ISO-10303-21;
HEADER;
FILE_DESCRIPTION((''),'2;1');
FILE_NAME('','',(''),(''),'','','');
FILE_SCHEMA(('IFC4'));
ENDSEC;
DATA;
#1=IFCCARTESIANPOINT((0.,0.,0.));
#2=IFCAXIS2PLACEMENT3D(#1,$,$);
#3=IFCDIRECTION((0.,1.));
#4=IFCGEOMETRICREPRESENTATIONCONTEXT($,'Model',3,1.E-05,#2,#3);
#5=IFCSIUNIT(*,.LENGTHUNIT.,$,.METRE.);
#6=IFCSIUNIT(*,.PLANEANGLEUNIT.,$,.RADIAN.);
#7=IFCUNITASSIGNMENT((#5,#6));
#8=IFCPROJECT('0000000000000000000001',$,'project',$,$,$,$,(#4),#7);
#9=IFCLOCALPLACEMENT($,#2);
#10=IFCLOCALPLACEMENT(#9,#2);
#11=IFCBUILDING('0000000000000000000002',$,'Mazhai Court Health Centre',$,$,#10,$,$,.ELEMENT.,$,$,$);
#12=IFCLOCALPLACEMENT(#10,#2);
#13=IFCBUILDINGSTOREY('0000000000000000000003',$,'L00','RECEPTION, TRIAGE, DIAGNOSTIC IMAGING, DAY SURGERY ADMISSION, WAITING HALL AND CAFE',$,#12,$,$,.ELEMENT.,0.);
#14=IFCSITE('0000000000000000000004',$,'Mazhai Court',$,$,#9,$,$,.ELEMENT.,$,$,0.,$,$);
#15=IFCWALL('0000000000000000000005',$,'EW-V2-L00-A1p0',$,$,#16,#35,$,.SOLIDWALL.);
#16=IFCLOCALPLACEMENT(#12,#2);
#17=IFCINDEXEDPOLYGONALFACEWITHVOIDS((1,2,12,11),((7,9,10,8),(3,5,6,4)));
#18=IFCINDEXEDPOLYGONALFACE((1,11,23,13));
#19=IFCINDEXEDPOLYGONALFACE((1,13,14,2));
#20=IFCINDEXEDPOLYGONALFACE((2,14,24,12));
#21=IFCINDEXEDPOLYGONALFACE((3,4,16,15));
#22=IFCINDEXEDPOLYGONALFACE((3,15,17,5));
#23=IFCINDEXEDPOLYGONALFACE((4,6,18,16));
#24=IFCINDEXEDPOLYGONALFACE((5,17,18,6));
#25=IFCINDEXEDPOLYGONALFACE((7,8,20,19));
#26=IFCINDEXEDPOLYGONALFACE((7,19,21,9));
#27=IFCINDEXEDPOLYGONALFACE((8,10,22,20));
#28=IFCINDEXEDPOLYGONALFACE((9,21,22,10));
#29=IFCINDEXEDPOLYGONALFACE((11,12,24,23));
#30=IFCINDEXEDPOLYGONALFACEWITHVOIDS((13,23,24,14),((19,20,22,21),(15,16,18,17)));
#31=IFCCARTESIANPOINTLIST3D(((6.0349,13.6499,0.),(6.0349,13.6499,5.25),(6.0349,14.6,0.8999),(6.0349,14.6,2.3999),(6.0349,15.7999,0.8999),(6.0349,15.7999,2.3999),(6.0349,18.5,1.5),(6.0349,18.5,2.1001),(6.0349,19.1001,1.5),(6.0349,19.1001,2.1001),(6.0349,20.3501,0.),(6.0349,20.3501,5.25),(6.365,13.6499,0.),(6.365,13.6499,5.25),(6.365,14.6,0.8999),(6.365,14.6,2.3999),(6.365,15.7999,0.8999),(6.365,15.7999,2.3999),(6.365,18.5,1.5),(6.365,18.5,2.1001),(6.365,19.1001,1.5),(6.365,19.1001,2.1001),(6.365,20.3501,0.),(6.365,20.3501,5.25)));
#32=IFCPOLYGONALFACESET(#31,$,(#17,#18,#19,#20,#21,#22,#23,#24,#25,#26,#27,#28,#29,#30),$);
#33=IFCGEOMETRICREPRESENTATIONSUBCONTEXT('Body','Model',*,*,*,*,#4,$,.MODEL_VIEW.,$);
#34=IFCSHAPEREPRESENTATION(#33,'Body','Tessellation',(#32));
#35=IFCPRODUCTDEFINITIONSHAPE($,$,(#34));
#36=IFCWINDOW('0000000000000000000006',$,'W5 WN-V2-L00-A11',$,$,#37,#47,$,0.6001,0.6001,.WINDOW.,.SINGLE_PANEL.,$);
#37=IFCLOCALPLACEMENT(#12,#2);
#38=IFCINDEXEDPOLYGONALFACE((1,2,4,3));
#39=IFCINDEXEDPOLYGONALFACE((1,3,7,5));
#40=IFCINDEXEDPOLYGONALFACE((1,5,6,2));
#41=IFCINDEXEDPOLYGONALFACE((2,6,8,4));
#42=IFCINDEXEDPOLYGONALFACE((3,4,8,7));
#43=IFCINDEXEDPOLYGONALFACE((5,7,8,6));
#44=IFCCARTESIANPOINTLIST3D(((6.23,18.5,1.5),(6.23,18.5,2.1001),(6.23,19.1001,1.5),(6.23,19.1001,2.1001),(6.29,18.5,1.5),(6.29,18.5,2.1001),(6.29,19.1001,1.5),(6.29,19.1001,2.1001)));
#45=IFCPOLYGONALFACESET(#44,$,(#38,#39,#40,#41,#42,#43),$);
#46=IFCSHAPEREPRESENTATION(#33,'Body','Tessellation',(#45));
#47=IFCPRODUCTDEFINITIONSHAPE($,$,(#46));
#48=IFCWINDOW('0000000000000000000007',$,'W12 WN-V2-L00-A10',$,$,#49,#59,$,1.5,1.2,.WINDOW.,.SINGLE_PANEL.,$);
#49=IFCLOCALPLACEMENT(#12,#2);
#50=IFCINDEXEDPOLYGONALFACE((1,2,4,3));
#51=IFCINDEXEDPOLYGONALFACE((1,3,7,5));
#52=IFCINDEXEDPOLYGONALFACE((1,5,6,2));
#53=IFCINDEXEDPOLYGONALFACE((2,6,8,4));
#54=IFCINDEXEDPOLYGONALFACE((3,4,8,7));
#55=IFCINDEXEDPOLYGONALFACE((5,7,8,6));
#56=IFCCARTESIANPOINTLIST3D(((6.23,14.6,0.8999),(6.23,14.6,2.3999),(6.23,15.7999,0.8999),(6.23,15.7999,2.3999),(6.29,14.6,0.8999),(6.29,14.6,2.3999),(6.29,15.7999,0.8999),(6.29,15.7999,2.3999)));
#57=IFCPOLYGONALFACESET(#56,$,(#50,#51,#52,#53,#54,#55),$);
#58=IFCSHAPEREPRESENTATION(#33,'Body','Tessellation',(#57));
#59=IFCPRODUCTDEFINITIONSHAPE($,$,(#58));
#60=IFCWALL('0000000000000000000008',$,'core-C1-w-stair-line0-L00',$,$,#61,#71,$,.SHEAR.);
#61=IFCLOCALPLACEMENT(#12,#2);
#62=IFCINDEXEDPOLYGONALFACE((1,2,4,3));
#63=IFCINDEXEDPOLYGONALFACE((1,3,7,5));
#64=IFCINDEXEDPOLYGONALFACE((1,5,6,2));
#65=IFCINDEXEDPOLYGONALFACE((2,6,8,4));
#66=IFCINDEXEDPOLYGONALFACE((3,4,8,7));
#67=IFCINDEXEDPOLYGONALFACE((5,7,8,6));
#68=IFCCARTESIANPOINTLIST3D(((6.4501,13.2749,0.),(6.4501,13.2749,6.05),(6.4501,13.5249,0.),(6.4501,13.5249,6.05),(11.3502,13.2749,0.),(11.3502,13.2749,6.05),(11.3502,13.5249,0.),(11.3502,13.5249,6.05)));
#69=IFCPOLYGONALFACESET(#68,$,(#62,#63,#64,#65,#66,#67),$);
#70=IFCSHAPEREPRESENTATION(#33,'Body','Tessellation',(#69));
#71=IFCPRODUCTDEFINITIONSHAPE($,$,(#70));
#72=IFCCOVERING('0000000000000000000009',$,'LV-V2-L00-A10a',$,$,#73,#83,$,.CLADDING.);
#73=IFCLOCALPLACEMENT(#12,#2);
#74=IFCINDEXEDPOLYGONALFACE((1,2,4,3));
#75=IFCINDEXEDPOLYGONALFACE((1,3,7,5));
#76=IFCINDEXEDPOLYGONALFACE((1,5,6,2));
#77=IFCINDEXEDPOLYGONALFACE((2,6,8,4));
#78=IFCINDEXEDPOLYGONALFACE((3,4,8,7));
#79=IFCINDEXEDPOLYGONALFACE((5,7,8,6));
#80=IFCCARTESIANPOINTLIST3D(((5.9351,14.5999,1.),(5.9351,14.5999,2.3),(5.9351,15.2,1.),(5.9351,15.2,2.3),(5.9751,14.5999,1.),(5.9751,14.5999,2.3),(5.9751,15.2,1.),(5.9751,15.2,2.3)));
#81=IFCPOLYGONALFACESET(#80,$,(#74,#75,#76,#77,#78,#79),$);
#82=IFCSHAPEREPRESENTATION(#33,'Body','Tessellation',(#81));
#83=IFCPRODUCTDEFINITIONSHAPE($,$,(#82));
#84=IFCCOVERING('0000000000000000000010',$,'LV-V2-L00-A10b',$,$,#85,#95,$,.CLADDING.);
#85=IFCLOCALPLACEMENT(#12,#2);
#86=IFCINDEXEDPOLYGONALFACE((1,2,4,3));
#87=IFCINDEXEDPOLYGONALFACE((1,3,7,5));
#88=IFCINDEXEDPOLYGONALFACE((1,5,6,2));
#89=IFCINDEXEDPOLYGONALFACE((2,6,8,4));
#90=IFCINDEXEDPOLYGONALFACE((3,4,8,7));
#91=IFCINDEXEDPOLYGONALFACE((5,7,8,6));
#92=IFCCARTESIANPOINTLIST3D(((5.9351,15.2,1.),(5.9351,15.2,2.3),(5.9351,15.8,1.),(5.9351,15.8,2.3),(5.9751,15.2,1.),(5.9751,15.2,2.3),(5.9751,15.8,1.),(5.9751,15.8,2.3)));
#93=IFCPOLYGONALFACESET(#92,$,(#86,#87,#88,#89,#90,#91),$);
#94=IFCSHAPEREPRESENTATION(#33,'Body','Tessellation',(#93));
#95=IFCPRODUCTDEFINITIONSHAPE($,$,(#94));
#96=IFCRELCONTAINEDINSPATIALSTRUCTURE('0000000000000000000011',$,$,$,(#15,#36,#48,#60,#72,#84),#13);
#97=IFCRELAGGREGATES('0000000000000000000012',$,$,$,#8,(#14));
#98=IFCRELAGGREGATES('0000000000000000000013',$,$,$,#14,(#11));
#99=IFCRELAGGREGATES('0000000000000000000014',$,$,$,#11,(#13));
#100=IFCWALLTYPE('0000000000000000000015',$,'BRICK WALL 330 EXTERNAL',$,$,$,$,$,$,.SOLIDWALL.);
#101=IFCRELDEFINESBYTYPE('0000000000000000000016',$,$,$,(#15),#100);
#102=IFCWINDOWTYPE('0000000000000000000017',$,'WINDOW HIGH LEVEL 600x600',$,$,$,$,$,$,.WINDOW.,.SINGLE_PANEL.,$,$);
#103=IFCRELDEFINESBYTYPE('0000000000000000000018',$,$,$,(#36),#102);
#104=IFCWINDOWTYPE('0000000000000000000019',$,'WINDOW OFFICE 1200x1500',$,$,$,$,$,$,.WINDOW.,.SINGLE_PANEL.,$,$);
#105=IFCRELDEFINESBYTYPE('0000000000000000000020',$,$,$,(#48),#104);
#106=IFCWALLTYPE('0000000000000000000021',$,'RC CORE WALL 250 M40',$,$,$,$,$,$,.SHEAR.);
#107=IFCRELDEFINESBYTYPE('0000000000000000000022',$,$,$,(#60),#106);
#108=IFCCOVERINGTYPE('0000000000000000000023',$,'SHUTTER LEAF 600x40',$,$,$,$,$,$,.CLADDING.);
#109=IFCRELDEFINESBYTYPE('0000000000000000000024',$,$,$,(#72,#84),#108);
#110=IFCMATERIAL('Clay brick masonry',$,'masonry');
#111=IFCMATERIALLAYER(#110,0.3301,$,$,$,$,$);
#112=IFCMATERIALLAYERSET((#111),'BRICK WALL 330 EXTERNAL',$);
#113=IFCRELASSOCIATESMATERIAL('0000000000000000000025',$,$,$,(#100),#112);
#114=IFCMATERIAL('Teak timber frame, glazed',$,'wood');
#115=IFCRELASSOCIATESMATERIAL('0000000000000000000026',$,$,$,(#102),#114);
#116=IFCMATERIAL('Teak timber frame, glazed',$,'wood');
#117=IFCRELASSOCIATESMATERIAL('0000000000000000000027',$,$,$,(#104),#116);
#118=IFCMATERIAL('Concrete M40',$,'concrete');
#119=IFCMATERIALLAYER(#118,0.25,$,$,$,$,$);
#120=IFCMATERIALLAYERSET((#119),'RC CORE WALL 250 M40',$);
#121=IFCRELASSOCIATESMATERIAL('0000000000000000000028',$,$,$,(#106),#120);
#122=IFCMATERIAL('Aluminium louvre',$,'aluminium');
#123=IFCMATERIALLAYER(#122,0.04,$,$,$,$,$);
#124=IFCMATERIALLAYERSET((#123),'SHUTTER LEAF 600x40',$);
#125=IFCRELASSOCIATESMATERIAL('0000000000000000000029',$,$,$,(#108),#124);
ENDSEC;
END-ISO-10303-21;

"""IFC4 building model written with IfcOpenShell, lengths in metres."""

from ifc_helpers import new_model, si_unit, direction, frame, frame_2d, origin, origin_2d, place, context, subcontext, project, spatial, rectangle, extrude, material, layer, layer_set, type_object, element, fill, save


model = new_model("IFC4")

# Units and contexts
model_context = context("Model", 3, precision=1e-05, world=origin(), true_north=direction((0.0, 1.0)))
body_context = subcontext(model_context, "Body", "Model", "MODEL_VIEW")
ifc_project = project(units=[si_unit("LENGTHUNIT", "METRE"), si_unit("PLANEANGLEUNIT", "RADIAN")], contexts=[model_context])

# Site, building, storey
site_placement = place(None, origin())
site = spatial("IfcSite", under=ifc_project, at=site_placement, Name="Mazhai Court", CompositionType="ELEMENT", RefElevation=0.0)
building_placement = place(site_placement, origin())
building = spatial("IfcBuilding", under=site, at=building_placement, Name="Mazhai Court Health Centre", CompositionType="ELEMENT")
storey_placement = place(building_placement, origin())
storey = spatial("IfcBuildingStorey", under=building, at=storey_placement, Name="L00", Description="RECEPTION, TRIAGE, DIAGNOSTIC IMAGING, DAY SURGERY ADMISSION, WAITING HALL AND CAFE", CompositionType="ELEMENT", Elevation=0.0)

# Wall, openings, windows
ifc_material_1 = material(Name="Clay brick masonry", Category="masonry")
ifc_layer_1 = layer(ifc_material_1, 0.3301)
ifc_layer_set_1 = layer_set([ifc_layer_1], Name="BRICK WALL 330 EXTERNAL")
wall_type_1 = type_object("IfcWallType", Name="BRICK WALL 330 EXTERNAL", PredefinedType="SOLIDWALL", material=ifc_layer_set_1)
wall_1_placement = place(storey_placement, frame((6.2, 13.6499, 0.0), z_axis=(0.0, 0.0, 1.0), x_axis=(0.0, 1.0, 0.0)))
wall_1 = element("IfcWall", 1, at=wall_1_placement, inside=storey, type_object=wall_type_1, Name="EW-V2-L00-A1p0", PredefinedType="SOLIDWALL", context=body_context, shape_type="SweptSolid", body=[
    extrude(rectangle(XDim=6.7002, YDim=0.3301, at=frame_2d((3.3501, 0.0))), origin(), (0.0, 0.0, 1.0), 5.25),
])
opening_1_placement = place(wall_1_placement, frame((0.95, 0.0, 0.8999)))
opening_1 = element("IfcOpeningElement", 2, at=opening_1_placement, cuts=wall_1, PredefinedType="OPENING", context=body_context, shape_type="SweptSolid", body=[
    extrude(rectangle(XDim=1.2, YDim=1.5, at=frame_2d((0.6001, 0.75))), frame((0.0, 0.175, 0.0), z_axis=(0.0, -1.0, 0.0), x_axis=(1.0, 0.0, 0.0)), (0.0, 0.0, 1.0), 0.3501),
])
opening_2_placement = place(wall_1_placement, frame((4.8501, 0.0, 1.5)))
opening_2 = element("IfcOpeningElement", 3, at=opening_2_placement, cuts=wall_1, PredefinedType="OPENING", context=body_context, shape_type="SweptSolid", body=[
    extrude(rectangle(XDim=0.6001, YDim=0.6001, at=frame_2d((0.3, 0.3))), frame((0.0, 0.175, 0.0), z_axis=(0.0, -1.0, 0.0), x_axis=(1.0, 0.0, 0.0)), (0.0, 0.0, 1.0), 0.3501),
])
ifc_material_2 = material(Name="Teak timber frame, glazed", Category="wood")
window_type_1 = type_object("IfcWindowType", Name="WINDOW HIGH LEVEL 600x600", PartitioningType="SINGLE_PANEL", PredefinedType="WINDOW", material=ifc_material_2)
window_1_placement = place(opening_2_placement, origin())
window_1 = element("IfcWindow", 4, at=window_1_placement, inside=storey, type_object=window_type_1, Name="W5 WN-V2-L00-A11", OverallHeight=0.6001, OverallWidth=0.6001, PartitioningType="SINGLE_PANEL", PredefinedType="WINDOW", context=body_context, shape_type="SweptSolid", body=[
    extrude(rectangle(XDim=0.6001, YDim=0.6001, at=frame_2d((0.3, 0.3))), frame((0.0, -0.03, 0.0), z_axis=(0.0, -1.0, 0.0), x_axis=(1.0, 0.0, 0.0)), (0.0, 0.0, 1.0), 0.0601),
])
fill(opening_2, window_1)
ifc_material_3 = material(Name="Teak timber frame, glazed", Category="wood")
window_type_2 = type_object("IfcWindowType", Name="WINDOW OFFICE 1200x1500", PartitioningType="SINGLE_PANEL", PredefinedType="WINDOW", material=ifc_material_3)
window_2_placement = place(opening_1_placement, origin())
window_2 = element("IfcWindow", 5, at=window_2_placement, inside=storey, type_object=window_type_2, Name="W12 WN-V2-L00-A10", OverallHeight=1.5, OverallWidth=1.2, PartitioningType="SINGLE_PANEL", PredefinedType="WINDOW", context=body_context, shape_type="SweptSolid", body=[
    extrude(rectangle(XDim=1.2, YDim=1.5, at=frame_2d((0.6001, 0.75))), frame((0.0, -0.03, 0.0), z_axis=(0.0, -1.0, 0.0), x_axis=(1.0, 0.0, 0.0)), (0.0, 0.0, 1.0), 0.0601),
])
fill(opening_1, window_2)

# Wall
ifc_material_4 = material(Name="Concrete M40", Category="concrete")
ifc_layer_2 = layer(ifc_material_4, 0.25)
ifc_layer_set_2 = layer_set([ifc_layer_2], Name="RC CORE WALL 250 M40")
wall_type_2 = type_object("IfcWallType", Name="RC CORE WALL 250 M40", PredefinedType="SHEAR", material=ifc_layer_set_2)
wall_2_placement = place(storey_placement, frame((6.45, 13.3999, 0.0), z_axis=(0.0, 0.0, 1.0), x_axis=(1.0, 0.0, 0.0)))
element("IfcWall", 6, at=wall_2_placement, inside=storey, type_object=wall_type_2, Name="core-C1-w-stair-line0-L00", PredefinedType="SHEAR", context=body_context, shape_type="SweptSolid", body=[
    extrude(rectangle(XDim=4.9001, YDim=0.25, at=frame_2d((2.4502, 0.0))), origin(), (0.0, 0.0, 1.0), 6.05),
])

# Coverings
ifc_material_5 = material(Name="Aluminium louvre", Category="aluminium")
ifc_layer_3 = layer(ifc_material_5, 0.04)
ifc_layer_set_3 = layer_set([ifc_layer_3], Name="SHUTTER LEAF 600x40")
covering_type = type_object("IfcCoveringType", Name="SHUTTER LEAF 600x40", PredefinedType="CLADDING", material=ifc_layer_set_3)
for number, where, z_axis, x_axis, name in (
    (7, (5.9551, 14.8999, 1.0), (0.0, 0.0, 1.0), (0.0, 1.0, 0.0), "LV-V2-L00-A10a"),
    (8, (5.9551, 15.5, 1.0), (0.0, 0.0, 1.0), (0.0, 1.0, 0.0), "LV-V2-L00-A10b"),
):
    element("IfcCovering", number, at=place(storey_placement, frame(where, z_axis=z_axis, x_axis=x_axis)), inside=storey, type_object=covering_type, Name=name, PredefinedType="CLADDING", context=body_context, shape_type="SweptSolid", body=[
        extrude(rectangle(XDim=0.6001, YDim=0.04, at=origin_2d()), origin(), (0.0, 0.0, 1.0), 1.3),
    ])

save(model, "model.ifc")
